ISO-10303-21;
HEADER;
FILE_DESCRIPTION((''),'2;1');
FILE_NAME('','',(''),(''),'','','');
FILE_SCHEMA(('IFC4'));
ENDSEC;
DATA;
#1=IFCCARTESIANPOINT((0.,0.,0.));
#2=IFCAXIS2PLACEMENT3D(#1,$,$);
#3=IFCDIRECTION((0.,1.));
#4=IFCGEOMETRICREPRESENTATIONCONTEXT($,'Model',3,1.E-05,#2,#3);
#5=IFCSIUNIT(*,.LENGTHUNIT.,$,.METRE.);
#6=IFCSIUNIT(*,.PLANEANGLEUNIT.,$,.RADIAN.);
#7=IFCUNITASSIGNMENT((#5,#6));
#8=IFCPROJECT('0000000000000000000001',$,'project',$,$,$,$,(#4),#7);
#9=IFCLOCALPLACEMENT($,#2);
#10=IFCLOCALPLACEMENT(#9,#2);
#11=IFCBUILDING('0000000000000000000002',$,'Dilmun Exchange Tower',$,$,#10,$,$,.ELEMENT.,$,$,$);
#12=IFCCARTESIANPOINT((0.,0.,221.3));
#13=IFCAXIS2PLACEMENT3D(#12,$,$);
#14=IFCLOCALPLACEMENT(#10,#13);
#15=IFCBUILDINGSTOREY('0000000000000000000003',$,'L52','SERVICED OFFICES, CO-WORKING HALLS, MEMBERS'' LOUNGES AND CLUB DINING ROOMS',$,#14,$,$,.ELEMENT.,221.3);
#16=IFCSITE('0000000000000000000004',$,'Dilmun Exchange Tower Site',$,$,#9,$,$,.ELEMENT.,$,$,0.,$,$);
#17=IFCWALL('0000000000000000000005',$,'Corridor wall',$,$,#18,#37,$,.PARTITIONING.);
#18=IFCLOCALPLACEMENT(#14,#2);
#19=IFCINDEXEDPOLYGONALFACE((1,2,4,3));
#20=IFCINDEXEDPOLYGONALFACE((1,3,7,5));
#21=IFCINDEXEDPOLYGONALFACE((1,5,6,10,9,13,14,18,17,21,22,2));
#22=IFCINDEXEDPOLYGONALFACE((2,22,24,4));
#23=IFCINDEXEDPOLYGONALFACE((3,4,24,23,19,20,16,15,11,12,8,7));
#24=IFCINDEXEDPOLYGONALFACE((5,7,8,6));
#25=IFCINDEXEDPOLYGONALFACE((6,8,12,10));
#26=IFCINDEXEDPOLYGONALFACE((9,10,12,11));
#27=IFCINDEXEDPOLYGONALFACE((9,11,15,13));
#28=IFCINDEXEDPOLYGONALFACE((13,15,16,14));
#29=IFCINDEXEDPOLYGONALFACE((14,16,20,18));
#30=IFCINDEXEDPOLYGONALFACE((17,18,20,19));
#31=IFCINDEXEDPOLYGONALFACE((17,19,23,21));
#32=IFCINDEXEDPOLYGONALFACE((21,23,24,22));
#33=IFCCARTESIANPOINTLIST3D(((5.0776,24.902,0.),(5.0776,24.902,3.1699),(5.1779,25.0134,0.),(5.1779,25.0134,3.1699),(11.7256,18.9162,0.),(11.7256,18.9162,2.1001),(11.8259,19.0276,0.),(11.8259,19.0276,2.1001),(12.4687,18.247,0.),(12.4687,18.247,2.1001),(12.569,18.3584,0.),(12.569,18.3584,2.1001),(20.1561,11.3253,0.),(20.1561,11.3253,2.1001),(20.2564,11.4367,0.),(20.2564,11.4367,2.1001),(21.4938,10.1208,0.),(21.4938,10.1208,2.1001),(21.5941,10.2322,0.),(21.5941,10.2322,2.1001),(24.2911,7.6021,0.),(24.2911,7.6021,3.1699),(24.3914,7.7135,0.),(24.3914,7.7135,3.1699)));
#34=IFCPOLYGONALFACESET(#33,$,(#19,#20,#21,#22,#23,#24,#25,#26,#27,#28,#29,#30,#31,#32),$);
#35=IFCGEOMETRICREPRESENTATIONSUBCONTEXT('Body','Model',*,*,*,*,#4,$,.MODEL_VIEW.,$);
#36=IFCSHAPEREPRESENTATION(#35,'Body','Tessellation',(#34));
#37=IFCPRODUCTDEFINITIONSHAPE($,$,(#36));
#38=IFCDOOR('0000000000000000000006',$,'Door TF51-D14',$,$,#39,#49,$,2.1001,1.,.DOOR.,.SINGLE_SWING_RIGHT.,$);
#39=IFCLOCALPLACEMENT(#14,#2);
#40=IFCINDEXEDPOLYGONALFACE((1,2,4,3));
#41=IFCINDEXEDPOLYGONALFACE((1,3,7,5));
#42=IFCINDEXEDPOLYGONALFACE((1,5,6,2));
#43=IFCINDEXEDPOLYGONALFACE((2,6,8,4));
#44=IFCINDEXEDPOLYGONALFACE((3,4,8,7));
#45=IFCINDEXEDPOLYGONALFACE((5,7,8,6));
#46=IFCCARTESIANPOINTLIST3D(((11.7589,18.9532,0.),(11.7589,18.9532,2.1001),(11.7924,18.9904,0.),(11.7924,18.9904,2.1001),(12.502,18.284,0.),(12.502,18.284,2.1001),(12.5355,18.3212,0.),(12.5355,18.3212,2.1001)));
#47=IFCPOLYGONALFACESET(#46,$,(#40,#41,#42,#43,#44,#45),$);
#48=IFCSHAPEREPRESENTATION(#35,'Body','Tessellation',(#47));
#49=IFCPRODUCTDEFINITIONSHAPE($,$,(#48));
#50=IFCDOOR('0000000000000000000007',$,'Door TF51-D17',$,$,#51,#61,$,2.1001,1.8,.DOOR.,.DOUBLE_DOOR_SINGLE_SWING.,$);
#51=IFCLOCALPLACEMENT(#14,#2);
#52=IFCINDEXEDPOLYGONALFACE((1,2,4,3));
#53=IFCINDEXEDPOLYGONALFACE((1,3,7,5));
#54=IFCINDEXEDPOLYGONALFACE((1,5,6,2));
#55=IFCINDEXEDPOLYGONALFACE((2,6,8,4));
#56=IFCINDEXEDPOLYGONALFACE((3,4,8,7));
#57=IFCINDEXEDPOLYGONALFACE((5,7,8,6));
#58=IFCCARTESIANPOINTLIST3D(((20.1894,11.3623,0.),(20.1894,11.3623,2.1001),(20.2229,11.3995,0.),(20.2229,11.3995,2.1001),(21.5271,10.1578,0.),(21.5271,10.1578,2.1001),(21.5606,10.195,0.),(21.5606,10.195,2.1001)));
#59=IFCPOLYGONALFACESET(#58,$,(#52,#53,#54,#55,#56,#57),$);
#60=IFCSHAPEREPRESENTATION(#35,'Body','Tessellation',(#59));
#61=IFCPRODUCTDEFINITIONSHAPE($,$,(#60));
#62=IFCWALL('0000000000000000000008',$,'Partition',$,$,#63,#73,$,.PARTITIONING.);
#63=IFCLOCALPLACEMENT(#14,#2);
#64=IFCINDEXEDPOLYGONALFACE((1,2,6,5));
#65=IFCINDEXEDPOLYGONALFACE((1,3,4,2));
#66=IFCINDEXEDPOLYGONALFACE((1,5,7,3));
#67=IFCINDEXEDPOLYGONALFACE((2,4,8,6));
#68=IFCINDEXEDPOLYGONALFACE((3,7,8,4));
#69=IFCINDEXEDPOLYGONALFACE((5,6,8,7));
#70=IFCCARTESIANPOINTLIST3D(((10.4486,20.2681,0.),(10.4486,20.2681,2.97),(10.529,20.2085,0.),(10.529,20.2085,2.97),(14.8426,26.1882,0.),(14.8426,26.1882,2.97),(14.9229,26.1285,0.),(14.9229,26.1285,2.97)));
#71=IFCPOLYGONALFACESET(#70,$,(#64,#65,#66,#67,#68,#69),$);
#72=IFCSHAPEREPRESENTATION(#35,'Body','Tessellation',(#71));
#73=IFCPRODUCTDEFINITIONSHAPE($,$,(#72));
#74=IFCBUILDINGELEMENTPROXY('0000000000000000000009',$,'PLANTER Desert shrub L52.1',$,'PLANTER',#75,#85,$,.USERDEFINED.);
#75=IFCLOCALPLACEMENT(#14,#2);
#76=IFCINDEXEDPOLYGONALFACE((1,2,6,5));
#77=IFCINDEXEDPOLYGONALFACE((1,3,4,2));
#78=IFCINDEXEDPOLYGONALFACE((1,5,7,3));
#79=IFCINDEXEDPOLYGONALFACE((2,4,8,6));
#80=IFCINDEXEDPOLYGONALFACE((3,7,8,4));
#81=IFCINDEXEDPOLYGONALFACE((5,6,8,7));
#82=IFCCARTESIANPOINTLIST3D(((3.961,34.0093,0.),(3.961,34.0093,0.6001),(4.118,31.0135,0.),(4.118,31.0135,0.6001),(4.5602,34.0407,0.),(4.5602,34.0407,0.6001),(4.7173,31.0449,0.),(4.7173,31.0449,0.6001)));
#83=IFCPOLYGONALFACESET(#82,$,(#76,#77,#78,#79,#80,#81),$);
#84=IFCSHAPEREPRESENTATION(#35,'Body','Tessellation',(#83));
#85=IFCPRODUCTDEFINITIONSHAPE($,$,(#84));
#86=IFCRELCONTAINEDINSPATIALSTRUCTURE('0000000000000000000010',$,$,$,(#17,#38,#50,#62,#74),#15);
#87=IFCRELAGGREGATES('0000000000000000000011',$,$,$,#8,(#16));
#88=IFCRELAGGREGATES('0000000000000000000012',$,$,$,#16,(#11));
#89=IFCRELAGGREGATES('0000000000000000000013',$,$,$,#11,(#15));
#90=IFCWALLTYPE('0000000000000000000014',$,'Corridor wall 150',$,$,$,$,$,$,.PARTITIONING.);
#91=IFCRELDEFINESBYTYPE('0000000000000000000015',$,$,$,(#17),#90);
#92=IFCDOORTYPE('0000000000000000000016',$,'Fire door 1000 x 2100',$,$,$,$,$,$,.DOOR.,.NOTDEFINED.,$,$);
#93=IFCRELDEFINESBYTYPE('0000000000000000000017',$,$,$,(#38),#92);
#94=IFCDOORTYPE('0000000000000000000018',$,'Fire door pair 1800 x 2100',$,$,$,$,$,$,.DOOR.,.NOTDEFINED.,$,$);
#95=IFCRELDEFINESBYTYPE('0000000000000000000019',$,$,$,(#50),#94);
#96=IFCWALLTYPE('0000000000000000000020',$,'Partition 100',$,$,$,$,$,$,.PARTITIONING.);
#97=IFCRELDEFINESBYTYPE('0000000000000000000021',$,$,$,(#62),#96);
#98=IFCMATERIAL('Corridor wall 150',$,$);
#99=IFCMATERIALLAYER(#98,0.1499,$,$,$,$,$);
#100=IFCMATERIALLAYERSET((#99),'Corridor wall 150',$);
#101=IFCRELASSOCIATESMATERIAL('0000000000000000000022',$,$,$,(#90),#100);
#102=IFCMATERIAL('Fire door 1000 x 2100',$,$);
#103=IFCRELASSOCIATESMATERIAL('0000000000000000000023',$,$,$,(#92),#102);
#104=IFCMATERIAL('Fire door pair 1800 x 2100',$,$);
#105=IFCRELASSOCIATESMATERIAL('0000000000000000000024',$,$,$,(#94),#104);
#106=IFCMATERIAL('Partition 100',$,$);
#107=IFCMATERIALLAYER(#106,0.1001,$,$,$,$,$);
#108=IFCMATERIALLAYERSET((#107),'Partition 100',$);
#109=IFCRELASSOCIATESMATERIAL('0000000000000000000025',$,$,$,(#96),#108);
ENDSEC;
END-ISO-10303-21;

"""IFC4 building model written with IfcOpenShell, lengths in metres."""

from ifc_helpers import new_model, si_unit, direction, frame, frame_2d, origin, origin_2d, place, context, subcontext, project, spatial, rectangle, extrude, material, layer, layer_set, type_object, element, fill, save


model = new_model("IFC4")

# Units and contexts
model_context = context("Model", 3, precision=1e-05, world=origin(), true_north=direction((0.0, 1.0)))
body_context = subcontext(model_context, "Body", "Model", "MODEL_VIEW")
ifc_project = project(units=[si_unit("LENGTHUNIT", "METRE"), si_unit("PLANEANGLEUNIT", "RADIAN")], contexts=[model_context])

# Site, building, storey
site_placement = place(None, origin())
site = spatial("IfcSite", under=ifc_project, at=site_placement, Name="Dilmun Exchange Tower Site", CompositionType="ELEMENT", RefElevation=0.0)
building_placement = place(site_placement, origin())
building = spatial("IfcBuilding", under=site, at=building_placement, Name="Dilmun Exchange Tower", CompositionType="ELEMENT")
storey_placement = place(building_placement, frame((0.0, 0.0, 221.3)))
storey = spatial("IfcBuildingStorey", under=building, at=storey_placement, Name="L52", Description="SERVICED OFFICES, CO-WORKING HALLS, MEMBERS' LOUNGES AND CLUB DINING ROOMS", CompositionType="ELEMENT", Elevation=221.3)

# Shared definitions
ifc_material_1 = material(Name="Corridor wall 150")
ifc_layer_1 = layer(ifc_material_1, 0.1499)
ifc_layer_set_1 = layer_set([ifc_layer_1], Name="Corridor wall 150")
wall_type_1 = type_object("IfcWallType", Name="Corridor wall 150", PredefinedType="PARTITIONING", material=ifc_layer_set_1)

# Wall, openings, doors
wall_1_placement = place(storey_placement, frame((5.1277, 24.9578, 0.0), z_axis=(0.0, 0.0, 1.0), x_axis=(0.743145, -0.669131, 0.0)))
wall_1 = element("IfcWall", 1, at=wall_1_placement, inside=storey, type_object=wall_type_1, Name="Corridor wall", PredefinedType="PARTITIONING", context=body_context, shape_type="SweptSolid", body=[
    extrude(rectangle(XDim=25.8542, YDim=0.1499, at=frame_2d((12.9272, 0.0))), origin(), (0.0, 0.0, 1.0), 3.1699),
])
opening_1_placement = place(wall_1_placement, frame((8.9458, 0.0, 0.0)))
opening_1 = element("IfcOpeningElement", 2, at=opening_1_placement, cuts=wall_1, PredefinedType="OPENING", context=body_context, shape_type="SweptSolid", body=[
    extrude(rectangle(XDim=1.0, YDim=2.1001, at=frame_2d((0.5, 1.05))), frame((0.0, 0.085, 0.0), z_axis=(0.0, -1.0, 0.0), x_axis=(1.0, 0.0, 0.0)), (0.0, 0.0, 1.0), 0.1699),
])
opening_2_placement = place(wall_1_placement, frame((20.2903, 0.0, 0.0)))
opening_2 = element("IfcOpeningElement", 3, at=opening_2_placement, cuts=wall_1, PredefinedType="OPENING", context=body_context, shape_type="SweptSolid", body=[
    extrude(rectangle(XDim=1.8, YDim=2.1001, at=frame_2d((0.8999, 1.05))), frame((0.0, 0.085, 0.0), z_axis=(0.0, -1.0, 0.0), x_axis=(1.0, 0.0, 0.0)), (0.0, 0.0, 1.0), 0.1699),
])
ifc_material_2 = material(Name="Fire door 1000 x 2100")
door_type_1 = type_object("IfcDoorType", Name="Fire door 1000 x 2100", OperationType="NOTDEFINED", PredefinedType="DOOR", material=ifc_material_2)
door_1_placement = place(opening_1_placement, origin())
door_1 = element("IfcDoor", 4, at=door_1_placement, inside=storey, type_object=door_type_1, Name="Door TF51-D14", OperationType="SINGLE_SWING_RIGHT", OverallHeight=2.1001, OverallWidth=1.0, PredefinedType="DOOR", context=body_context, shape_type="SweptSolid", body=[
    extrude(rectangle(XDim=1.0, YDim=2.1001, at=frame_2d((0.5, 1.05))), frame((0.0, 0.0249, 0.0), z_axis=(0.0, -1.0, 0.0), x_axis=(1.0, 0.0, 0.0)), (0.0, 0.0, 1.0), 0.05),
])
fill(opening_1, door_1)
ifc_material_3 = material(Name="Fire door pair 1800 x 2100")
door_type_2 = type_object("IfcDoorType", Name="Fire door pair 1800 x 2100", OperationType="NOTDEFINED", PredefinedType="DOOR", material=ifc_material_3)
door_2_placement = place(opening_2_placement, origin())
door_2 = element("IfcDoor", 5, at=door_2_placement, inside=storey, type_object=door_type_2, Name="Door TF51-D17", OperationType="DOUBLE_DOOR_SINGLE_SWING", OverallHeight=2.1001, OverallWidth=1.8, PredefinedType="DOOR", context=body_context, shape_type="SweptSolid", body=[
    extrude(rectangle(XDim=1.8, YDim=2.1001, at=frame_2d((0.8999, 1.05))), frame((0.0, 0.0249, 0.0), z_axis=(0.0, -1.0, 0.0), x_axis=(1.0, 0.0, 0.0)), (0.0, 0.0, 1.0), 0.05),
])
fill(opening_2, door_2)

# Wall
ifc_material_4 = material(Name="Partition 100")
ifc_layer_2 = layer(ifc_material_4, 0.1001)
ifc_layer_set_2 = layer_set([ifc_layer_2], Name="Partition 100")
wall_type_2 = type_object("IfcWallType", Name="Partition 100", PredefinedType="PARTITIONING", material=ifc_layer_set_2)
wall_2_placement = place(storey_placement, frame((10.4888, 20.2383, 0.0), z_axis=(0.0, 0.0, 1.0), x_axis=(0.595992, 0.80299, 0.0)))
element("IfcWall", 6, at=wall_2_placement, inside=storey, type_object=wall_type_2, Name="Partition", PredefinedType="PARTITIONING", context=body_context, shape_type="SweptSolid", body=[
    extrude(rectangle(XDim=7.3726, YDim=0.1001, at=frame_2d((3.6863, 0.0))), origin(), (0.0, 0.0, 1.0), 2.97),
])

# Building element proxy
proxy_placement = place(storey_placement, frame((4.3391, 32.5271, 0.0), z_axis=(0.0, 0.0, 1.0), x_axis=(-0.052336, 0.99863, 0.0)))
element("IfcBuildingElementProxy", 7, at=proxy_placement, inside=storey, Name="PLANTER Desert shrub L52.1", ObjectType="PLANTER", PredefinedType="USERDEFINED", context=body_context, shape_type="SweptSolid", body=[
    extrude(rectangle(XDim=3.0, YDim=0.6001, at=origin_2d()), origin(), (0.0, 0.0, 1.0), 0.6001),
])

save(model, "model.ifc")
